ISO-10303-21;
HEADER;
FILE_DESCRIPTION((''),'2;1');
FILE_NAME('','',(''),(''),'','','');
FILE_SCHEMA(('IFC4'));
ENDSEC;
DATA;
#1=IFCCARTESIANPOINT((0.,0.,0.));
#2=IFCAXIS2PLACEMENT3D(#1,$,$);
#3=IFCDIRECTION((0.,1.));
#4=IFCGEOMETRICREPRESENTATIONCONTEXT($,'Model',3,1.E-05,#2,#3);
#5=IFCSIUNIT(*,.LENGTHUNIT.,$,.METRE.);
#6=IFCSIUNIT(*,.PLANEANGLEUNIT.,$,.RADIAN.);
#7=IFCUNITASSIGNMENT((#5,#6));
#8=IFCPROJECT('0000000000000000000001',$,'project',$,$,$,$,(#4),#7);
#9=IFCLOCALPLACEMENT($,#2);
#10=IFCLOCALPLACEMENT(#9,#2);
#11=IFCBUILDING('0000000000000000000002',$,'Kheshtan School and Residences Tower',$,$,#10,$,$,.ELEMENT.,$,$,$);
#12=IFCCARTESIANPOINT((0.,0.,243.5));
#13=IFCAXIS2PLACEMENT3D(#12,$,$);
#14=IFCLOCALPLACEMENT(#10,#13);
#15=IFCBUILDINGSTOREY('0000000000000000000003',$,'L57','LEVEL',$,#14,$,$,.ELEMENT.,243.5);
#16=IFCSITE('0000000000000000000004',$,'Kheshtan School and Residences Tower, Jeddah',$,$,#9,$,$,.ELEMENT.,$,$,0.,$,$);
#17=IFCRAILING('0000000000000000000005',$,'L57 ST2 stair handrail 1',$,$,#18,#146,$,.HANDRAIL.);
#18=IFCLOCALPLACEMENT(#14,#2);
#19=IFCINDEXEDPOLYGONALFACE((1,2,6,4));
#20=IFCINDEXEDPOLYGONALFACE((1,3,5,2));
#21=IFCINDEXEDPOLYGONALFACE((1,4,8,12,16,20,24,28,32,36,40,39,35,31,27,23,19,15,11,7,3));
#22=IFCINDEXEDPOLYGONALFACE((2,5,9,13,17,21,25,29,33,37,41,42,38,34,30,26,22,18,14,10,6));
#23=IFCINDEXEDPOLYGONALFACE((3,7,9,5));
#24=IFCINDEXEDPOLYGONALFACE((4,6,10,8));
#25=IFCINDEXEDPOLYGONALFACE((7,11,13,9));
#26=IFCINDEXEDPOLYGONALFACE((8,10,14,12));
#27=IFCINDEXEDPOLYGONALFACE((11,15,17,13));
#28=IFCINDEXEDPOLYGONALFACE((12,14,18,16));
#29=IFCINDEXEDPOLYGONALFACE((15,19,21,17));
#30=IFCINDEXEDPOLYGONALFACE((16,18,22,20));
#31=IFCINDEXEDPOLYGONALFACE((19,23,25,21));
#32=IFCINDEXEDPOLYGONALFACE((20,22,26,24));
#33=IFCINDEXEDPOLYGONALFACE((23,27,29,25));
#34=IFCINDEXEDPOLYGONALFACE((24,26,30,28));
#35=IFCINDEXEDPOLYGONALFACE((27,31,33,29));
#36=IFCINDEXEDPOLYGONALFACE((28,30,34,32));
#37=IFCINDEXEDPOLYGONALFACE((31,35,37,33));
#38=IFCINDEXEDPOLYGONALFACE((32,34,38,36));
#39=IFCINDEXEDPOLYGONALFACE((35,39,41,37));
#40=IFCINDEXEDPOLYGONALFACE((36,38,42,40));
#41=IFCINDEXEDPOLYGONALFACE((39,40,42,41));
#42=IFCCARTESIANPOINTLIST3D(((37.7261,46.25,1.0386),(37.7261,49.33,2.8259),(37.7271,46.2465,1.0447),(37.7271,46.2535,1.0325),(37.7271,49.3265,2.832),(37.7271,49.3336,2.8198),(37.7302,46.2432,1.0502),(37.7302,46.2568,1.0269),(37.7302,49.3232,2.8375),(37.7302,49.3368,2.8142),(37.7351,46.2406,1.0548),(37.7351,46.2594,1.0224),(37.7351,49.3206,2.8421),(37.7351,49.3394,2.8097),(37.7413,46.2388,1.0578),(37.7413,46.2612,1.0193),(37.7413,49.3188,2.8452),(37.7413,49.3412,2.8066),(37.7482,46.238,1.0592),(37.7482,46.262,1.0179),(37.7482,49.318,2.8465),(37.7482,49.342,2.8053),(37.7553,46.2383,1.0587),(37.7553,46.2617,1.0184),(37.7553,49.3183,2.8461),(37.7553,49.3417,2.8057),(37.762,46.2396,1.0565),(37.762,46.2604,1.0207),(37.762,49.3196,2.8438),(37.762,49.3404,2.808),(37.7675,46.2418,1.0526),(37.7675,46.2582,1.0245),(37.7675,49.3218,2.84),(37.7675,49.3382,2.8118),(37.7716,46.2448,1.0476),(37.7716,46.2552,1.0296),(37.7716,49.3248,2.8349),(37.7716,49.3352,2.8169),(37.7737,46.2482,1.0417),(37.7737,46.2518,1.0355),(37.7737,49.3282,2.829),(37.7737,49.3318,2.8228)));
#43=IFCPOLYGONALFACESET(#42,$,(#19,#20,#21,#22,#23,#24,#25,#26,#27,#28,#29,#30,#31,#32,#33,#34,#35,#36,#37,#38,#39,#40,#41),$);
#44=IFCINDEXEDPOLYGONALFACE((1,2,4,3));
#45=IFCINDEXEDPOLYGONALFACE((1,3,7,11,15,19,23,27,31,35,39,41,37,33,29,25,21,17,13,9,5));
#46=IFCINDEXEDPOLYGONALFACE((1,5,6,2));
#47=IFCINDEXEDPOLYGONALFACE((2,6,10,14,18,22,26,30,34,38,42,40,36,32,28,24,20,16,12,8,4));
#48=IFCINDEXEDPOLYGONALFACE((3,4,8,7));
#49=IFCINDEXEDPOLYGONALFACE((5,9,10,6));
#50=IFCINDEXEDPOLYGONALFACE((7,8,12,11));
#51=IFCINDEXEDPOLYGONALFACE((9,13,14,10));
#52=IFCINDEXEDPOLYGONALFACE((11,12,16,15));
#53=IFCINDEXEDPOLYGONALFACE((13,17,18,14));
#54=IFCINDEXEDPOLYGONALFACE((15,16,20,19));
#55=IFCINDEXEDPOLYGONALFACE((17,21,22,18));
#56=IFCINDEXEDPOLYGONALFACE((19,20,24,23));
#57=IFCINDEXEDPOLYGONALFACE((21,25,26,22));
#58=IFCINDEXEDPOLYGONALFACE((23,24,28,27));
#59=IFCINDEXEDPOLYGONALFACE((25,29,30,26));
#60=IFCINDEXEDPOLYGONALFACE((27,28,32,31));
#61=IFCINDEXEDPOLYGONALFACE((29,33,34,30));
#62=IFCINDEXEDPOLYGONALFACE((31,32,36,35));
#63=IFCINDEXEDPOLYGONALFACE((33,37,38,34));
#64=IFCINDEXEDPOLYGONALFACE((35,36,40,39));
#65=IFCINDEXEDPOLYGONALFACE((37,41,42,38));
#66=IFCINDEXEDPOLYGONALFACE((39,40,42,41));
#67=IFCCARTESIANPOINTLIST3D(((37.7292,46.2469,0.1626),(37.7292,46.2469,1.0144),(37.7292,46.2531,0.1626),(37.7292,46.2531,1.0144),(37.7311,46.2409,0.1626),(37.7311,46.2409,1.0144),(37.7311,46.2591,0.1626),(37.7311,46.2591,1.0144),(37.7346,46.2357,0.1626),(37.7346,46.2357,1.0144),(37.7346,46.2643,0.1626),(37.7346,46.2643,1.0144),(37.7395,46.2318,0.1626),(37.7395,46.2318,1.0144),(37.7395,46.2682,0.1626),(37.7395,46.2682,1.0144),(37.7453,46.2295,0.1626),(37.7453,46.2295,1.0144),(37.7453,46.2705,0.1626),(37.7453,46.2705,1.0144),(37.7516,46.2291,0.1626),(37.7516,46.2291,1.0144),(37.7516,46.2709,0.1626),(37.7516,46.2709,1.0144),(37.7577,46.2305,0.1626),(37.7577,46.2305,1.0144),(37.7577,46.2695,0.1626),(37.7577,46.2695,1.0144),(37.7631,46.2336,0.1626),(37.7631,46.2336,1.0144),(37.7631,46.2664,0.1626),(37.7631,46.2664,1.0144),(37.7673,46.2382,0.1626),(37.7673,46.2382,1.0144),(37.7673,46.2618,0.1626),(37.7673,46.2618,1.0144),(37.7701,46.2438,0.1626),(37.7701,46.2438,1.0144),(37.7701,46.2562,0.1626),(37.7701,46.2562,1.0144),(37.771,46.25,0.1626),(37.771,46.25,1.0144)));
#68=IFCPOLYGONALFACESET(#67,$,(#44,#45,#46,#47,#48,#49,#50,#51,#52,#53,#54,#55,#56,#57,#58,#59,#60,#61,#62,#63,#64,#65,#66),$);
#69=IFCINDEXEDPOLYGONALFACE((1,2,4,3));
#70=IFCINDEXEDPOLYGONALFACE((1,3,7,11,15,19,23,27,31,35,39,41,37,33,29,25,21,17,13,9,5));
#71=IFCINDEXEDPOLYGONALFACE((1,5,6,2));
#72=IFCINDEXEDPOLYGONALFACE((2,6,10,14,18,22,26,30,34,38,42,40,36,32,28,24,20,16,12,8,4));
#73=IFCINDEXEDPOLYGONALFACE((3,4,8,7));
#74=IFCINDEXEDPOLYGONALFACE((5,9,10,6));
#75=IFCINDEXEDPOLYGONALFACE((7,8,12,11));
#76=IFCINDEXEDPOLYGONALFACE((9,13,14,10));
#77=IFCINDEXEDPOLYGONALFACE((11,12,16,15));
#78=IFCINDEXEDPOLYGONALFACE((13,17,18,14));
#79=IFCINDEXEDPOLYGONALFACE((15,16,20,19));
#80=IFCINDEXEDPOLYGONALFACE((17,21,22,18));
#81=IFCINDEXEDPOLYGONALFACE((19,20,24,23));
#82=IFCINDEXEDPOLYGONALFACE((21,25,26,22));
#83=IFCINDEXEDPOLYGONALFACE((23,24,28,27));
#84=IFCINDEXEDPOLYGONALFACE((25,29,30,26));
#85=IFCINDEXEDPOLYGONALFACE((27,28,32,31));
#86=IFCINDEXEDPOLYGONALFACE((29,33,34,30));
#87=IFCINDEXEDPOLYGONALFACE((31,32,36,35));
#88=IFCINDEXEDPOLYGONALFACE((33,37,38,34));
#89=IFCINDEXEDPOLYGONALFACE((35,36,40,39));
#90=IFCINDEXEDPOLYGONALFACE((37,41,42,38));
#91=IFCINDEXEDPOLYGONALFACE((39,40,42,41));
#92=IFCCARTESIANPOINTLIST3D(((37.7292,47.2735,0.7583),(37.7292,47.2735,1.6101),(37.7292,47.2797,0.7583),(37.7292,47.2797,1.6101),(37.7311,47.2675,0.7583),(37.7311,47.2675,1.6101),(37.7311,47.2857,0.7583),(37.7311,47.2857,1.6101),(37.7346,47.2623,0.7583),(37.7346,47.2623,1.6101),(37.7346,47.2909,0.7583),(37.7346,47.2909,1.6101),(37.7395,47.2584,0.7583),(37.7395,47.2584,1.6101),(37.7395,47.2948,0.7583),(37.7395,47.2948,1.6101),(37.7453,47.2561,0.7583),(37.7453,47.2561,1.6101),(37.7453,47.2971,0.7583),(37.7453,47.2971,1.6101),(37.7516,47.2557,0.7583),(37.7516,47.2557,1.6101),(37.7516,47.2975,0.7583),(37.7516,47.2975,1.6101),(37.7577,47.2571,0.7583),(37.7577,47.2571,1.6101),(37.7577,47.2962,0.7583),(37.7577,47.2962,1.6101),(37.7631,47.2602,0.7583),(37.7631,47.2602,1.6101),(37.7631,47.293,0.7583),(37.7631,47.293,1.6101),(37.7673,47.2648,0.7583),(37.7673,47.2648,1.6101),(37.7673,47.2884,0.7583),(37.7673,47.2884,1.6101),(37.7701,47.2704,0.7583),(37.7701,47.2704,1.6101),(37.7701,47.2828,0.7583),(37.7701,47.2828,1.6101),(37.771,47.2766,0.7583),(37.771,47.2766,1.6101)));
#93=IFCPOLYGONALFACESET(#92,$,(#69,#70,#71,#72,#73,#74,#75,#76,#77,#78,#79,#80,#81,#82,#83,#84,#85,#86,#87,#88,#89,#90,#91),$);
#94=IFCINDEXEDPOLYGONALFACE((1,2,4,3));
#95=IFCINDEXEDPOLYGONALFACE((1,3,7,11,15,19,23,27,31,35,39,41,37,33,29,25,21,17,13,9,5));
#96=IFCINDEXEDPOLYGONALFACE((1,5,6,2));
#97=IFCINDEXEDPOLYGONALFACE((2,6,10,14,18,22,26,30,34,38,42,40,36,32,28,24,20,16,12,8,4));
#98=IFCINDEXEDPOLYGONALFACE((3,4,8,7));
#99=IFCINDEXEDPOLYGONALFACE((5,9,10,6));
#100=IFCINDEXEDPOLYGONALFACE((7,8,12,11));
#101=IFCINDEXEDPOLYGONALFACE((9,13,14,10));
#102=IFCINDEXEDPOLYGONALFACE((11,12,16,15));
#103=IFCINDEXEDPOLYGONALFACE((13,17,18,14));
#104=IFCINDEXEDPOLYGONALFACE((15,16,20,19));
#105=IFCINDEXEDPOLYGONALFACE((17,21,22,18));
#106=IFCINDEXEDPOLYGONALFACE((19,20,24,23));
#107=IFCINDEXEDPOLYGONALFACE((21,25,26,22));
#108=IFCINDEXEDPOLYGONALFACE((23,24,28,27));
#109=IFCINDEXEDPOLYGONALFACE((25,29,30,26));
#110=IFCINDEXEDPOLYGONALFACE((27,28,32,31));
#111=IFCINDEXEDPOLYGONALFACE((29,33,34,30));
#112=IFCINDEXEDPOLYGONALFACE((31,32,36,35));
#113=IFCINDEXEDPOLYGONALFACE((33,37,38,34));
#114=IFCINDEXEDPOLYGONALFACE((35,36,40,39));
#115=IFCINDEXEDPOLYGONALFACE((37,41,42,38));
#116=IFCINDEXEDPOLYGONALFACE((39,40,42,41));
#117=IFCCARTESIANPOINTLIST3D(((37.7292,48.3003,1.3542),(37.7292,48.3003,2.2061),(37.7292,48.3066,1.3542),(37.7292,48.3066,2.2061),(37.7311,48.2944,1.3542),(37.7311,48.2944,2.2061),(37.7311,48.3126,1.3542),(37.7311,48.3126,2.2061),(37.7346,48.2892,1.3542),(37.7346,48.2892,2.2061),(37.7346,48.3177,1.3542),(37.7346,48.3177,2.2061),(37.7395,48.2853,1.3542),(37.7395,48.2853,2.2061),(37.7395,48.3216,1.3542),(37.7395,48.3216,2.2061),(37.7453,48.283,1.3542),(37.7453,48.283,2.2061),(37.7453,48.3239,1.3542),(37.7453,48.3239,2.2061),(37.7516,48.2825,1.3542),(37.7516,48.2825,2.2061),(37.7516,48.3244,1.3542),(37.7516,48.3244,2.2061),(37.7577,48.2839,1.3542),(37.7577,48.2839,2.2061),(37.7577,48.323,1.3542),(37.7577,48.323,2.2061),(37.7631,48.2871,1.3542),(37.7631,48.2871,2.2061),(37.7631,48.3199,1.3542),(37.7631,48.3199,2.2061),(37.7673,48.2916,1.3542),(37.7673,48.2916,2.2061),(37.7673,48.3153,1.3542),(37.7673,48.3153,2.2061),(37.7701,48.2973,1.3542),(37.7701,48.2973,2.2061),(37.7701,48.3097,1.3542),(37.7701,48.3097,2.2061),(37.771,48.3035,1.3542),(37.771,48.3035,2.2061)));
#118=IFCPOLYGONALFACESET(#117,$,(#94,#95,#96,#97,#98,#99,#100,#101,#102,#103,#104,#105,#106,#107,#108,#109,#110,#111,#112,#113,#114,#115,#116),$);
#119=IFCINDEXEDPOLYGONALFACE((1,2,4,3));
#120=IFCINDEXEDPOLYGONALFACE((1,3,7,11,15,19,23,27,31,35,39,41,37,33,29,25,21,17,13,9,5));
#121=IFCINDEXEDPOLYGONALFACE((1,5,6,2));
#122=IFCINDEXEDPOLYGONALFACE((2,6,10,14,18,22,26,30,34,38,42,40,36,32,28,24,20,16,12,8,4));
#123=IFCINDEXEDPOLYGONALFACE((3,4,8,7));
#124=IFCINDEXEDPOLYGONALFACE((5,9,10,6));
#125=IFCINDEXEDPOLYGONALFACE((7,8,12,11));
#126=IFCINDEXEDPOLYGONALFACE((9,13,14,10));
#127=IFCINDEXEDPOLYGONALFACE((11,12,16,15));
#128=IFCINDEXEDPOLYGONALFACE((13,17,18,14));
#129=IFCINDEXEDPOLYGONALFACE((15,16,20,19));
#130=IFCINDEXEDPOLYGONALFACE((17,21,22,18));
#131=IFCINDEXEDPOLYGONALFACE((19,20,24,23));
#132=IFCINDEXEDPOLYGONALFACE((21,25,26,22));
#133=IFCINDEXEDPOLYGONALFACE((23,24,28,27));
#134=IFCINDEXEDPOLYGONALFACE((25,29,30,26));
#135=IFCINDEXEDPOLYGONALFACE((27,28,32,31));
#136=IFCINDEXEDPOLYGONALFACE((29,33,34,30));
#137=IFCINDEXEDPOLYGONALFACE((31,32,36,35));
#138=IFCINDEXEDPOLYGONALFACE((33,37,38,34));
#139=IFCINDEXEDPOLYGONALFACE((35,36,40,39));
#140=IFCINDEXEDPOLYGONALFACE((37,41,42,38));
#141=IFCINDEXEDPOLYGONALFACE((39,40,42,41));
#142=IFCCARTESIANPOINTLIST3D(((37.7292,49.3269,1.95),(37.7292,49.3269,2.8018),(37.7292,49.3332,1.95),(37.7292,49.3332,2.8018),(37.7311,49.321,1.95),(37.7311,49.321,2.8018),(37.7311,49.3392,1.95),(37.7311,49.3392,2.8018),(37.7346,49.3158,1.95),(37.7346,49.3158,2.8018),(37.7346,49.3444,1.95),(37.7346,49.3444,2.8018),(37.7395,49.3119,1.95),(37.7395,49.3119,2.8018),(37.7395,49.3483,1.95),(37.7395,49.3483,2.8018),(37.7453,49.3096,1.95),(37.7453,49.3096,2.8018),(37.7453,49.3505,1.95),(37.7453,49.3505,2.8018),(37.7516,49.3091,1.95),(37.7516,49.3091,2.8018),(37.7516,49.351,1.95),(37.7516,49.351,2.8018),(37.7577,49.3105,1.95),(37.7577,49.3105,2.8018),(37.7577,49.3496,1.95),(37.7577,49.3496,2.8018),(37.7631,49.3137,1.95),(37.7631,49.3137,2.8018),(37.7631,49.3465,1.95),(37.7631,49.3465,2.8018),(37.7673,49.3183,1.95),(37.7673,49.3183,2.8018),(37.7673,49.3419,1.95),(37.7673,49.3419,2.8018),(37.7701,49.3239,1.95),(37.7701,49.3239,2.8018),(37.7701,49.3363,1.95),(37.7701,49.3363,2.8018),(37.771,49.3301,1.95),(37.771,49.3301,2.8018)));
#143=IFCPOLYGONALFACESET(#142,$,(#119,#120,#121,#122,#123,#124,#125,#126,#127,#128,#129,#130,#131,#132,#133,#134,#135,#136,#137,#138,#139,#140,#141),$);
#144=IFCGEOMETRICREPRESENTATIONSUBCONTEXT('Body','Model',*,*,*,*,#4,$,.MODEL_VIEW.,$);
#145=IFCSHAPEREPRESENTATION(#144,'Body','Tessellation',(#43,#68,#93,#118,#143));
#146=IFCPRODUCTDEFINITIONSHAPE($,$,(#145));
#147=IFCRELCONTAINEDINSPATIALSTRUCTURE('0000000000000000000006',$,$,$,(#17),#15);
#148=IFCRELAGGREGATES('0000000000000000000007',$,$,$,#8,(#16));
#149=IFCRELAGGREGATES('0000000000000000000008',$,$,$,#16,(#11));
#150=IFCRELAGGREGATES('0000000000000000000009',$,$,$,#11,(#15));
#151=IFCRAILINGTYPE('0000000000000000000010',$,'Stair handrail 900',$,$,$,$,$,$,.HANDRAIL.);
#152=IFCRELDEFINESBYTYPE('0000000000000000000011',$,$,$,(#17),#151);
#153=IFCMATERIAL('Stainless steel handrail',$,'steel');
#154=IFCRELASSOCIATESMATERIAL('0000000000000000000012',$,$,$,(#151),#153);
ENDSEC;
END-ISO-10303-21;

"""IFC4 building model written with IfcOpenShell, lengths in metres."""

from ifc_helpers import new_model, si_unit, direction, frame, origin, origin_2d, place, context, subcontext, project, spatial, circle, extrude, material, type_object, element, save


model = new_model("IFC4")

# Units and contexts
model_context = context("Model", 3, precision=1e-05, world=origin(), true_north=direction((0.0, 1.0)))
body_context = subcontext(model_context, "Body", "Model", "MODEL_VIEW")
ifc_project = project(units=[si_unit("LENGTHUNIT", "METRE"), si_unit("PLANEANGLEUNIT", "RADIAN")], contexts=[model_context])

# Site, building, storey
site_placement = place(None, origin())
site = spatial("IfcSite", under=ifc_project, at=site_placement, Name="Kheshtan School and Residences Tower, Jeddah", CompositionType="ELEMENT", RefElevation=0.0)
building_placement = place(site_placement, origin())
building = spatial("IfcBuilding", under=site, at=building_placement, Name="Kheshtan School and Residences Tower", CompositionType="ELEMENT")
storey_placement = place(building_placement, frame((0.0, 0.0, 243.5)))
storey = spatial("IfcBuildingStorey", under=building, at=storey_placement, Name="L57", Description="LEVEL", CompositionType="ELEMENT", Elevation=243.5)

# Railing
ifc_material_1 = material(Name="Stainless steel handrail", Category="steel")
railing_type_1 = type_object("IfcRailingType", Name="Stair handrail 900", PredefinedType="HANDRAIL", material=ifc_material_1)
railing_1_placement = place(storey_placement, frame((37.75, 46.25, 0.1626)))
element("IfcRailing", 1, at=railing_1_placement, inside=storey, type_object=railing_type_1, Name="L57 ST2 stair handrail 1", PredefinedType="HANDRAIL", context=body_context, shape_type="SweptSolid", body=[
    extrude(circle(Radius=0.0239, at=origin_2d()), frame((0.0, 0.0, 0.876), z_axis=(0.0, 0.86492, 0.501909), x_axis=(-1.0, 0.0, 0.0)), (0.0, 0.0, 1.0), 3.561),
    extrude(circle(Radius=0.021, at=origin_2d()), origin(), (0.0, 0.0, 1.0), 0.8518),
    extrude(circle(Radius=0.021, at=origin_2d()), frame((0.0, 1.0266, 0.5957)), (0.0, 0.0, 1.0), 0.8518),
    extrude(circle(Radius=0.021, at=origin_2d()), frame((0.0, 2.0535, 1.1917)), (0.0, 0.0, 1.0), 0.8518),
    extrude(circle(Radius=0.021, at=origin_2d()), frame((0.0, 3.0801, 1.7874)), (0.0, 0.0, 1.0), 0.8518),
])

save(model, "model.ifc")
